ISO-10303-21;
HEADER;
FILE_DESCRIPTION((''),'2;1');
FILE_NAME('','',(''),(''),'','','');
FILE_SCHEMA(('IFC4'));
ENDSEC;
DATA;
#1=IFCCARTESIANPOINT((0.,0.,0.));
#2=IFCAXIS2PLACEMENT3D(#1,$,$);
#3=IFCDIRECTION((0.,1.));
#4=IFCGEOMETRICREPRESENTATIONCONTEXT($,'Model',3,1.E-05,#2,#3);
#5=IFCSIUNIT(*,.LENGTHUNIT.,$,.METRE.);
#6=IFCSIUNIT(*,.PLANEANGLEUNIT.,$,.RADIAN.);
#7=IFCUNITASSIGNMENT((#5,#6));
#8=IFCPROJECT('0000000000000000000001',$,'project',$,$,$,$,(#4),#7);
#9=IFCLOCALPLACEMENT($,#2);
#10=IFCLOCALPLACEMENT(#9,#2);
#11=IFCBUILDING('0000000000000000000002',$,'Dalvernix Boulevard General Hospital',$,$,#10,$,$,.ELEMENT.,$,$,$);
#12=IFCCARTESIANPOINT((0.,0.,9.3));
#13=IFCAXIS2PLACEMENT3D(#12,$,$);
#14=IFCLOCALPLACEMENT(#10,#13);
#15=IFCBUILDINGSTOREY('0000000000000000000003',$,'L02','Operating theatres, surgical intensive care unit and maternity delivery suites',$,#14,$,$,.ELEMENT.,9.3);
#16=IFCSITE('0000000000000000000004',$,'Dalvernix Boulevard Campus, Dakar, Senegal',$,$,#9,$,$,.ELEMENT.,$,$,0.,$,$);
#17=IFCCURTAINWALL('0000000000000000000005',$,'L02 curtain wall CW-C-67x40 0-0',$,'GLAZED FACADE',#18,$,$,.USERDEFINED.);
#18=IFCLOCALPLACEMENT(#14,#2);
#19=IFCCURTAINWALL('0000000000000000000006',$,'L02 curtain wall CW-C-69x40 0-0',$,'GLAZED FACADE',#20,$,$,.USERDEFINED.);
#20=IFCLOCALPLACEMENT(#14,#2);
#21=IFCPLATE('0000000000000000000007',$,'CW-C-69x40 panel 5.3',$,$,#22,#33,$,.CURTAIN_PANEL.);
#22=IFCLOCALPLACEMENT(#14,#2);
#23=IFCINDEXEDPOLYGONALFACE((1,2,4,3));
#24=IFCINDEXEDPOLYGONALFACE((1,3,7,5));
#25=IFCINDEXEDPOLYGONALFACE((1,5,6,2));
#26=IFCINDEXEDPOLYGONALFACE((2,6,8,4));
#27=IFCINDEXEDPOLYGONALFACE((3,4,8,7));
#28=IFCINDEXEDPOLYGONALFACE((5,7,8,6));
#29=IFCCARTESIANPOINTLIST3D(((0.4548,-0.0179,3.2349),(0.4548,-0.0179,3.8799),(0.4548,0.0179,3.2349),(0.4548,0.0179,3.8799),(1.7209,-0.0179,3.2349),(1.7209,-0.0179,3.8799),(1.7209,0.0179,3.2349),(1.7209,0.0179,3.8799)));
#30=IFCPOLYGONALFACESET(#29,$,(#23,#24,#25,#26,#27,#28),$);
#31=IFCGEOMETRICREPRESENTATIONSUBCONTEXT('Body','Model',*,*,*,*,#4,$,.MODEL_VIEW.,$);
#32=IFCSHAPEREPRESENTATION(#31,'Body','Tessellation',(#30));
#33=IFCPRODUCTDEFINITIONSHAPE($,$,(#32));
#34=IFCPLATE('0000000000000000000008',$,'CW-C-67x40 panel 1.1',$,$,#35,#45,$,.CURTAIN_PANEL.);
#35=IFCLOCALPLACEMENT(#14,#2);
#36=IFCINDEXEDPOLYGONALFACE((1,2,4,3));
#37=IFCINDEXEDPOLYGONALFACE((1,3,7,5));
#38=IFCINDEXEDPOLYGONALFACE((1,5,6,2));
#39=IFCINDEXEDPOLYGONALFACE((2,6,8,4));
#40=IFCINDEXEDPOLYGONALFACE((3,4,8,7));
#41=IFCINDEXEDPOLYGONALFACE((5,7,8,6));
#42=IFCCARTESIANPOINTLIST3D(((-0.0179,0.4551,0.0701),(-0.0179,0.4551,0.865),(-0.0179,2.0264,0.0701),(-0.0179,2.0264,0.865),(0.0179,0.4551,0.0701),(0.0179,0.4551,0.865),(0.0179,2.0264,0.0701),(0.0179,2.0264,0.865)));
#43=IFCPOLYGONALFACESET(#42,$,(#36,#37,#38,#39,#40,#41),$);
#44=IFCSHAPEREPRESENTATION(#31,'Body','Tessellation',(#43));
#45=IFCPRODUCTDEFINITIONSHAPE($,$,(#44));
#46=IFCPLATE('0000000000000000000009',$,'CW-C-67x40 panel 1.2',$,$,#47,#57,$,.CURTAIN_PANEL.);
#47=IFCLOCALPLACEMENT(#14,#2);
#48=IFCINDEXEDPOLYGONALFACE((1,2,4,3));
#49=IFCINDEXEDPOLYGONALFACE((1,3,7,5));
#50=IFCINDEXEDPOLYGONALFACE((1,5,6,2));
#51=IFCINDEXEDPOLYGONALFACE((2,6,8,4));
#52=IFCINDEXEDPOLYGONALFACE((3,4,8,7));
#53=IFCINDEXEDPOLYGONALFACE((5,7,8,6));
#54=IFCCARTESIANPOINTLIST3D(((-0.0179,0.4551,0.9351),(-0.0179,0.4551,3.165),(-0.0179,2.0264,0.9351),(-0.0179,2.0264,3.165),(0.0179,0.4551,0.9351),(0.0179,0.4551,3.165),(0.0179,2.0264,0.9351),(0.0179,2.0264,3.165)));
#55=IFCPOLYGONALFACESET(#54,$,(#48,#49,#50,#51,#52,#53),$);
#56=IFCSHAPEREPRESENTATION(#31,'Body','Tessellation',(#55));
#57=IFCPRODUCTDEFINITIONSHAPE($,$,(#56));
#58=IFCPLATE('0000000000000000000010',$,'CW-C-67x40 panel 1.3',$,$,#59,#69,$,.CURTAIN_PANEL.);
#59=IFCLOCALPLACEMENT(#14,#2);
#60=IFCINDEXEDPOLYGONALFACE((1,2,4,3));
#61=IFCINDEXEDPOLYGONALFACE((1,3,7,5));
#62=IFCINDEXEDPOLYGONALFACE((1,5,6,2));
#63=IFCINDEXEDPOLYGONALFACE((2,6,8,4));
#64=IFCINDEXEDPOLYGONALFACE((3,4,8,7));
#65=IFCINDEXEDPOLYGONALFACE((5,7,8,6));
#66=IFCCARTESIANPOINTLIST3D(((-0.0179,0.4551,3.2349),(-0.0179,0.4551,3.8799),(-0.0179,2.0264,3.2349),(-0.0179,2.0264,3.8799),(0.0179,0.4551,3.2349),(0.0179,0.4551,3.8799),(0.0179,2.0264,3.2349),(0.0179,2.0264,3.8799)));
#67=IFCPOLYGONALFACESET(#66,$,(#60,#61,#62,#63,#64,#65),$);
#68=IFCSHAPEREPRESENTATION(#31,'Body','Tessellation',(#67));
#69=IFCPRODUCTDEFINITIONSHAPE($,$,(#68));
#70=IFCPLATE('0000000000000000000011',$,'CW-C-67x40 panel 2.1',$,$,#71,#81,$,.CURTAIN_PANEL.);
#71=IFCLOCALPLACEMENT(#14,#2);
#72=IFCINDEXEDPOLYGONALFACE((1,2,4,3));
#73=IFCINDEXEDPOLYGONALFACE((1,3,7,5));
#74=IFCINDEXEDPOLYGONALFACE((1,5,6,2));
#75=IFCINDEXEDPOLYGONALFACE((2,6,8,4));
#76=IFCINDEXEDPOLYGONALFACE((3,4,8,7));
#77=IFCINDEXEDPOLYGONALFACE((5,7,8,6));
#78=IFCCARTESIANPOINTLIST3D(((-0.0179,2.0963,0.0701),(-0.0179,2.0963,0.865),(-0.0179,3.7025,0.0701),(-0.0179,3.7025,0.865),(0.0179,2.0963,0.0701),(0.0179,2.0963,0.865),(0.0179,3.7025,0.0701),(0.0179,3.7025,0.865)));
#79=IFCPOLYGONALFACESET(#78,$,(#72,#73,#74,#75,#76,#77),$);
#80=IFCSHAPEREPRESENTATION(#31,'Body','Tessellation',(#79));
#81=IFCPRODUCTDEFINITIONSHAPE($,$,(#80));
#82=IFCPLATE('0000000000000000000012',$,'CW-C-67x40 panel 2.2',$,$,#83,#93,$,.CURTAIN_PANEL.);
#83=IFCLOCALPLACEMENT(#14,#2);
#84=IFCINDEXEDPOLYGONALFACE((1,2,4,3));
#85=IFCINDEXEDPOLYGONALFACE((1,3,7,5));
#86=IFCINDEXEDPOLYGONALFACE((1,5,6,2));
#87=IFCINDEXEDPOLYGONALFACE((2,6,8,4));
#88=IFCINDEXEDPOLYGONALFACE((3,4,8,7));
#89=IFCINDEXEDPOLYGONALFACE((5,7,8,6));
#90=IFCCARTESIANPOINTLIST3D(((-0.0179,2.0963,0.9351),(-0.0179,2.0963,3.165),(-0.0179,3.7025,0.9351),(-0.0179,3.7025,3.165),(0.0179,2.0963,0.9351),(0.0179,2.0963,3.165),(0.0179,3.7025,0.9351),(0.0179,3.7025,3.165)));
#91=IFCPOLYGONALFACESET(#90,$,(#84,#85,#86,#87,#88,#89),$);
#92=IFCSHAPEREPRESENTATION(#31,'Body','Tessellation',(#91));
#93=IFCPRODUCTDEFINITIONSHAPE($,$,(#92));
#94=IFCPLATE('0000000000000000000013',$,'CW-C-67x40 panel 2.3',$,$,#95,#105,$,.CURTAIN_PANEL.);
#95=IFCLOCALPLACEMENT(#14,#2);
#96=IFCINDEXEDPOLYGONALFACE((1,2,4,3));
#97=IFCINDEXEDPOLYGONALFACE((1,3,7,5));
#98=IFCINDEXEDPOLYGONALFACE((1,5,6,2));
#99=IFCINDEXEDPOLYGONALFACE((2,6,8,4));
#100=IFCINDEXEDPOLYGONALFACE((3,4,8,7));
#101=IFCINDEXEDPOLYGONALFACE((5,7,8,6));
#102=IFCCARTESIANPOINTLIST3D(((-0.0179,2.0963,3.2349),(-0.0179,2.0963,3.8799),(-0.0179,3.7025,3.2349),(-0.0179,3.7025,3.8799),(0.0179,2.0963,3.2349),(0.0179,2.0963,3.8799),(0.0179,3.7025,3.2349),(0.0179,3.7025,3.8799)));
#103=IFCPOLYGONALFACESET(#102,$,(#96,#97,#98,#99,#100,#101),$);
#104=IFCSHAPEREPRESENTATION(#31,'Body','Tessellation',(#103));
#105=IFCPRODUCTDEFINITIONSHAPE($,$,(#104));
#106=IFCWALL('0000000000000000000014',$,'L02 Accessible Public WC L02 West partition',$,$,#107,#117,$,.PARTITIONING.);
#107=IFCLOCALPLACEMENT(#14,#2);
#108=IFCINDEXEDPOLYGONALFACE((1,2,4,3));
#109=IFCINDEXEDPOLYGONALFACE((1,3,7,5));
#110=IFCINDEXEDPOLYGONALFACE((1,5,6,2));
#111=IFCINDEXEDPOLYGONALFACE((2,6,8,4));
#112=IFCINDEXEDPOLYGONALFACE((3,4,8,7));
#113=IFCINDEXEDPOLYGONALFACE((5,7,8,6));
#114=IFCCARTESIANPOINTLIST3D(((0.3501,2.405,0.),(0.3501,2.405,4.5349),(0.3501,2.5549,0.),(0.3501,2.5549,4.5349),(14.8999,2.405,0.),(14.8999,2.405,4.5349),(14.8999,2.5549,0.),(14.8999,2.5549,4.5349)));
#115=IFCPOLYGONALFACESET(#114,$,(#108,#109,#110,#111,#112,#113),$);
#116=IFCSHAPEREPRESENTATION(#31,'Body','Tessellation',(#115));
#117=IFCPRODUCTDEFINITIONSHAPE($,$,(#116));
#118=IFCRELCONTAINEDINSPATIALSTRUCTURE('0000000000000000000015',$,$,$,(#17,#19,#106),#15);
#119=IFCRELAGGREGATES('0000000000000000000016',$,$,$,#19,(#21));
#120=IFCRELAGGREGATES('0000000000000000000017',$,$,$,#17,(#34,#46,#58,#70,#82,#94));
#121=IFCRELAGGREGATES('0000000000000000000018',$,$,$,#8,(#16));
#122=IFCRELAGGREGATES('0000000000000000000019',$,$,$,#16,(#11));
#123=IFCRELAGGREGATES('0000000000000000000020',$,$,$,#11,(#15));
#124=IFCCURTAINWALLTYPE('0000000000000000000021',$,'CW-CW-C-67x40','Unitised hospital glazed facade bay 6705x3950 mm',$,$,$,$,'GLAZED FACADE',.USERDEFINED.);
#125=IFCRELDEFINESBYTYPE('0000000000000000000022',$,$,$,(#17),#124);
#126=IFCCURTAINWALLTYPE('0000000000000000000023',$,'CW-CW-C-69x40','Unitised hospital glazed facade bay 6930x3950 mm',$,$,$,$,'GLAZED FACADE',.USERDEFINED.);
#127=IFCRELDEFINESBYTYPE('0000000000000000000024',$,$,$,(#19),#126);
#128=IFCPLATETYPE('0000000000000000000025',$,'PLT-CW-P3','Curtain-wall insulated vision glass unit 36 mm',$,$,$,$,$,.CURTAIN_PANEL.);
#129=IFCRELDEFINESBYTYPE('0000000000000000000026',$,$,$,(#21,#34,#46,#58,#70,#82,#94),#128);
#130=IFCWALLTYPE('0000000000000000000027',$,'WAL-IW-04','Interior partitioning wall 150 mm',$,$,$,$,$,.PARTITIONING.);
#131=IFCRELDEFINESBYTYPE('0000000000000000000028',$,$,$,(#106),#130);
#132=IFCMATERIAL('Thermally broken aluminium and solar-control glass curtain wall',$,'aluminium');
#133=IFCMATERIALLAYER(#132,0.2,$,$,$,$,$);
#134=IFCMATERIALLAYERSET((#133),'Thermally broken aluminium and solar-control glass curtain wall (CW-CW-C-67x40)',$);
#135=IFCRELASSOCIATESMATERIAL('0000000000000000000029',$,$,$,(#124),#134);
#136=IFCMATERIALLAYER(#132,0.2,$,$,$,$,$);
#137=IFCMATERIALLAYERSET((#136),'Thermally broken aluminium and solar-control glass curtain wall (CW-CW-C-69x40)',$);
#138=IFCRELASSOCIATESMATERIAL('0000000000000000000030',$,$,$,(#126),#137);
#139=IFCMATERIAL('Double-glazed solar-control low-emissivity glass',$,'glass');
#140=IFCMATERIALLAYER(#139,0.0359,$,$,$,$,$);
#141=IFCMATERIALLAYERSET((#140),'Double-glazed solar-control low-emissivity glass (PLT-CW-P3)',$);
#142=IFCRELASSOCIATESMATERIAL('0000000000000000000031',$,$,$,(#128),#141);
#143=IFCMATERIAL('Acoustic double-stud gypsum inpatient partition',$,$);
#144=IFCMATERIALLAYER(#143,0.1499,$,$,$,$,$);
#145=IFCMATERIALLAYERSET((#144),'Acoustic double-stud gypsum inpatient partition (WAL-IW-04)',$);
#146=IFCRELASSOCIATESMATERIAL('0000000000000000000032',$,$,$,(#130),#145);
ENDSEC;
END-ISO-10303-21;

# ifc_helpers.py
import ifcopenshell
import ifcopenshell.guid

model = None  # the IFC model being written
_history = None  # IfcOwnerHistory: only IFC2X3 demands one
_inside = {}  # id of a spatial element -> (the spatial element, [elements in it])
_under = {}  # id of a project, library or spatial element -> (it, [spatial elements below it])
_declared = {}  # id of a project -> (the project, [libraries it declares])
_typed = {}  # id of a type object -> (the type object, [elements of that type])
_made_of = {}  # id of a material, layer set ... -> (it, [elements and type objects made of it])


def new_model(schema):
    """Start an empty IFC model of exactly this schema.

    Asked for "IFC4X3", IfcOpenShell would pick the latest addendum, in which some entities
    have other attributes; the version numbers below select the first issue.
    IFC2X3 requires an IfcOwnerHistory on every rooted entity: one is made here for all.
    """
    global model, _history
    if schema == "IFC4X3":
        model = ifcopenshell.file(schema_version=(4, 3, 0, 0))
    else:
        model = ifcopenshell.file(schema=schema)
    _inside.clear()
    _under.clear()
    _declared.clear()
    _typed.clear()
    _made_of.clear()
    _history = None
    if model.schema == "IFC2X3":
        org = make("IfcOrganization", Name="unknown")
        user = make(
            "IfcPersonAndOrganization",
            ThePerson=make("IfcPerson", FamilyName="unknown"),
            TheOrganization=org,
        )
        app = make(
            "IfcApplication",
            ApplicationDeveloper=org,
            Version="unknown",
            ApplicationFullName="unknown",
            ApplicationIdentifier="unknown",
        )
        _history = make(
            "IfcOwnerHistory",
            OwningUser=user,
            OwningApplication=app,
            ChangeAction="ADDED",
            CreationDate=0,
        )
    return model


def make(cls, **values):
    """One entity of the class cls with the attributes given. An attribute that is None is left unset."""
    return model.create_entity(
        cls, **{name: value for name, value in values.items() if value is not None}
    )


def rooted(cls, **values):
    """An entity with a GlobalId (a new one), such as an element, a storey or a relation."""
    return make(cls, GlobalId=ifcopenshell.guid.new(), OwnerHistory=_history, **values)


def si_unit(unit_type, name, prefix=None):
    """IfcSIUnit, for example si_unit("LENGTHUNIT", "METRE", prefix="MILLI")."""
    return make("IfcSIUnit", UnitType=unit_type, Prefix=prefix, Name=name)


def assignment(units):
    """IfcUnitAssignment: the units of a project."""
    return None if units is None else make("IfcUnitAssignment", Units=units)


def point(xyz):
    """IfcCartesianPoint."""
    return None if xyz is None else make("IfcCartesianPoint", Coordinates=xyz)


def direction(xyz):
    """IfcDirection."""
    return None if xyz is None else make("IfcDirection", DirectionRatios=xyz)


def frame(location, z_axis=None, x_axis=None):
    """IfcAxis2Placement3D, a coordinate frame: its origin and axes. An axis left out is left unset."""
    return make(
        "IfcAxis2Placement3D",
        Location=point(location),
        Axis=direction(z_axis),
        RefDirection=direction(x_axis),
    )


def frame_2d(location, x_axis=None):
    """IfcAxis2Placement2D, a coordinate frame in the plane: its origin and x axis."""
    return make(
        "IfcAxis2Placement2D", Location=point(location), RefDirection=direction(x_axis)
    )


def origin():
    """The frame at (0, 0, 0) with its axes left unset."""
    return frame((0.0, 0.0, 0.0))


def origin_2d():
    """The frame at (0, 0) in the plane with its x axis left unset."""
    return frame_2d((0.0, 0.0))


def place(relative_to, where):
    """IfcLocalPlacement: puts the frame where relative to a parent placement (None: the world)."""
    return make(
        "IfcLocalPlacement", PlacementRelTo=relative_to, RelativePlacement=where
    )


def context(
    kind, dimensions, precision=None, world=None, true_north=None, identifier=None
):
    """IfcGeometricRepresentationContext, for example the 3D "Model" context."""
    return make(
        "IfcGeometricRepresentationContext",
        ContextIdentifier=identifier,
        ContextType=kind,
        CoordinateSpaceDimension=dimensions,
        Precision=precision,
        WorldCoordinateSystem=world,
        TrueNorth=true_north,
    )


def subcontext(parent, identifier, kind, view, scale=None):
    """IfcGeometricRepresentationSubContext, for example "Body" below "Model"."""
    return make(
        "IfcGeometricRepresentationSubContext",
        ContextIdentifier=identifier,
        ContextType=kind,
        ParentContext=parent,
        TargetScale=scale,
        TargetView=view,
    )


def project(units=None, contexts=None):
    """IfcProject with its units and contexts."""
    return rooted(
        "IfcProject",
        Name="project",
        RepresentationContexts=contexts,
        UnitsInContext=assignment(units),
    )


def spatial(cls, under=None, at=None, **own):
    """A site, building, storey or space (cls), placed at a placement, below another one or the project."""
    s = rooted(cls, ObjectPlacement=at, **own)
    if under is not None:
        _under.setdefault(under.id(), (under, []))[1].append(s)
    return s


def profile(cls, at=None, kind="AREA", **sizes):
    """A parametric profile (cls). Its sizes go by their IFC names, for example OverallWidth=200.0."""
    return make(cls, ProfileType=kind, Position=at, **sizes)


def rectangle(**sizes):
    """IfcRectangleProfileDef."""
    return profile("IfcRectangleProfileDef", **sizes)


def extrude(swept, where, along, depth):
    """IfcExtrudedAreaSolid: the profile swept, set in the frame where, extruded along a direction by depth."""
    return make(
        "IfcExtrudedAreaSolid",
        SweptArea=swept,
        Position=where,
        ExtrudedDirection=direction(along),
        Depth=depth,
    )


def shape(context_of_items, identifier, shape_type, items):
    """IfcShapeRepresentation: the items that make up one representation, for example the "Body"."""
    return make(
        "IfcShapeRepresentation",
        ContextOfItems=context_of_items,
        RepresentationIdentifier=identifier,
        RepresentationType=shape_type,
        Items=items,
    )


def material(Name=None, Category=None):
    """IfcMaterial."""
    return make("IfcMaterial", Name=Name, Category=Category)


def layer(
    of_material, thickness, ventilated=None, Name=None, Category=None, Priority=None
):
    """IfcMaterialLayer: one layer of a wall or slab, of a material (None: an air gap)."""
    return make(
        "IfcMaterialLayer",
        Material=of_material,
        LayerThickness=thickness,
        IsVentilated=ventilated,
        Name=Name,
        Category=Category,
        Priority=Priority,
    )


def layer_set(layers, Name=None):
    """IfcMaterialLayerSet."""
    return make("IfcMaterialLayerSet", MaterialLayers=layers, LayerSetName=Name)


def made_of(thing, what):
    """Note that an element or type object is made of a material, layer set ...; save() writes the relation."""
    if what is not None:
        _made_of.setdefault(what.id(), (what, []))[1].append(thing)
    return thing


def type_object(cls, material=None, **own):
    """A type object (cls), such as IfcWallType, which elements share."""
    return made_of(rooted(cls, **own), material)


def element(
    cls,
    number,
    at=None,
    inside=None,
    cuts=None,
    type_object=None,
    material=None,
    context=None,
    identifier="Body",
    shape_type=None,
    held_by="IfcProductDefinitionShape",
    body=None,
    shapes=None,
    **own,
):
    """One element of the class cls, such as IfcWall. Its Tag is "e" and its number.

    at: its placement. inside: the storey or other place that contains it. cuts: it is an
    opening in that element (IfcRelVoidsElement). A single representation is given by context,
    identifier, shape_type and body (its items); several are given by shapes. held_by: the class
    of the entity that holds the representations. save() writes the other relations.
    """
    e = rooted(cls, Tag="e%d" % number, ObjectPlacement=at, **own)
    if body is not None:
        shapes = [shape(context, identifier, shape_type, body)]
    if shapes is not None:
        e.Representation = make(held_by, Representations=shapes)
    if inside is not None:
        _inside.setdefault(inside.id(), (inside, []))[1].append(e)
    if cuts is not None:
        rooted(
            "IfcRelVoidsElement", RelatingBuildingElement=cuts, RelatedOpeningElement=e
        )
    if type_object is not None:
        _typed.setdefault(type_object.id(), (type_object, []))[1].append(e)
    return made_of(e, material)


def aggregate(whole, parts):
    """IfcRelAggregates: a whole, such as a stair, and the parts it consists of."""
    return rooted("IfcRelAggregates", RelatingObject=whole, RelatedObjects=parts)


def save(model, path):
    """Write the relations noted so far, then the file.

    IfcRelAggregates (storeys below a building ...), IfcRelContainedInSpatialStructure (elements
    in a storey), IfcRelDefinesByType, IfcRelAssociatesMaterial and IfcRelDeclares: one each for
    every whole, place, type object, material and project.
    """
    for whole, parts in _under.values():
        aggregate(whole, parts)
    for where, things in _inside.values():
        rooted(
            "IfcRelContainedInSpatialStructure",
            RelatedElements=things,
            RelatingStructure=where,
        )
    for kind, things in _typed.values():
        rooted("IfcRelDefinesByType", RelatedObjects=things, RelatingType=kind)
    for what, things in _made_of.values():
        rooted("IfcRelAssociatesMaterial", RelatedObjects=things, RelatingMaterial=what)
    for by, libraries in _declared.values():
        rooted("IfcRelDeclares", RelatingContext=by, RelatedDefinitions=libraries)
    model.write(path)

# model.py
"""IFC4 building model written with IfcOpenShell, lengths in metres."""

from ifc_helpers import new_model, si_unit, direction, frame, frame_2d, origin, origin_2d, place, context, subcontext, project, spatial, rectangle, extrude, material, layer, layer_set, type_object, element, aggregate, save


model = new_model("IFC4")

# Units and contexts
model_context = context("Model", 3, precision=1e-05, world=origin(), true_north=direction((0.0, 1.0)))
body_context = subcontext(model_context, "Body", "Model", "MODEL_VIEW")
ifc_project = project(units=[si_unit("LENGTHUNIT", "METRE"), si_unit("PLANEANGLEUNIT", "RADIAN")], contexts=[model_context])

# Site, building, storey
site_placement = place(None, origin())
site = spatial("IfcSite", under=ifc_project, at=site_placement, Name="Dalvernix Boulevard Campus, Dakar, Senegal", CompositionType="ELEMENT", RefElevation=0.0)
building_placement = place(site_placement, origin())
building = spatial("IfcBuilding", under=site, at=building_placement, Name="Dalvernix Boulevard General Hospital", CompositionType="ELEMENT")
storey_placement = place(building_placement, frame((0.0, 0.0, 9.3)))
storey = spatial("IfcBuildingStorey", under=building, at=storey_placement, Name="L02", Description="Operating theatres, surgical intensive care unit and maternity delivery suites", CompositionType="ELEMENT", Elevation=9.3)

# Curtain wall
ifc_material_1 = material(Name="Thermally broken aluminium and solar-control glass curtain wall", Category="aluminium")
ifc_layer_1 = layer(ifc_material_1, 0.2)
ifc_layer_set_1 = layer_set([ifc_layer_1], Name="Thermally broken aluminium and solar-control glass curtain wall (CW-CW-C-67x40)")
curtain_wall_type_1 = type_object("IfcCurtainWallType", Name="CW-CW-C-67x40", Description="Unitised hospital glazed facade bay 6705x3950 mm", ElementType="GLAZED FACADE", PredefinedType="USERDEFINED", material=ifc_layer_set_1)
curtain_wall_1_placement = place(storey_placement, origin())
curtain_wall_1 = element("IfcCurtainWall", 1, at=curtain_wall_1_placement, inside=storey, type_object=curtain_wall_type_1, Name="L02 curtain wall CW-C-67x40 0-0", ObjectType="GLAZED FACADE", PredefinedType="USERDEFINED")

# Curtain wall
ifc_layer_2 = layer(ifc_material_1, 0.2)
ifc_layer_set_2 = layer_set([ifc_layer_2], Name="Thermally broken aluminium and solar-control glass curtain wall (CW-CW-C-69x40)")
curtain_wall_type_2 = type_object("IfcCurtainWallType", Name="CW-CW-C-69x40", Description="Unitised hospital glazed facade bay 6930x3950 mm", ElementType="GLAZED FACADE", PredefinedType="USERDEFINED", material=ifc_layer_set_2)
curtain_wall_2_placement = place(storey_placement, origin())
curtain_wall_2 = element("IfcCurtainWall", 2, at=curtain_wall_2_placement, inside=storey, type_object=curtain_wall_type_2, Name="L02 curtain wall CW-C-69x40 0-0", ObjectType="GLAZED FACADE", PredefinedType="USERDEFINED")

# Plates
ifc_material_2 = material(Name="Double-glazed solar-control low-emissivity glass", Category="glass")
ifc_layer_3 = layer(ifc_material_2, 0.0359)
ifc_layer_set_3 = layer_set([ifc_layer_3], Name="Double-glazed solar-control low-emissivity glass (PLT-CW-P3)")
plate_type = type_object("IfcPlateType", Name="PLT-CW-P3", Description="Curtain-wall insulated vision glass unit 36 mm", PredefinedType="CURTAIN_PANEL", material=ifc_layer_set_3)
plate_1_placement = place(storey_placement, frame((1.0879, 0.0, 3.2349), z_axis=(0.0, 0.0, 1.0), x_axis=(-1.0, 0.0, 0.0)))
plate_1 = element("IfcPlate", 3, at=plate_1_placement, type_object=plate_type, Name="CW-C-69x40 panel 5.3", PredefinedType="CURTAIN_PANEL", context=body_context, shape_type="SweptSolid", body=[
    extrude(rectangle(XDim=1.2661, YDim=0.0359, at=origin_2d()), origin(), (0.0, 0.0, 1.0), 0.645),
])
aggregate(curtain_wall_2, [plate_1])
plate_2_placement = place(storey_placement, frame((0.0, 1.2407, 0.0701), z_axis=(0.0, 0.0, 1.0), x_axis=(0.0, 1.0, 0.0)))
plate_2 = element("IfcPlate", 4, at=plate_2_placement, type_object=plate_type, Name="CW-C-67x40 panel 1.1", PredefinedType="CURTAIN_PANEL", context=body_context, shape_type="SweptSolid", body=[
    extrude(rectangle(XDim=1.5713, YDim=0.0359, at=origin_2d()), origin(), (0.0, 0.0, 1.0), 0.7949),
])
plate_3_placement = place(storey_placement, frame((0.0, 1.2407, 0.9351), z_axis=(0.0, 0.0, 1.0), x_axis=(0.0, 1.0, 0.0)))
plate_3 = element("IfcPlate", 5, at=plate_3_placement, type_object=plate_type, Name="CW-C-67x40 panel 1.2", PredefinedType="CURTAIN_PANEL", context=body_context, shape_type="SweptSolid", body=[
    extrude(rectangle(XDim=1.5713, YDim=0.0359, at=origin_2d()), origin(), (0.0, 0.0, 1.0), 2.23),
])
plate_4_placement = place(storey_placement, frame((0.0, 1.2407, 3.2349), z_axis=(0.0, 0.0, 1.0), x_axis=(0.0, 1.0, 0.0)))
plate_4 = element("IfcPlate", 6, at=plate_4_placement, type_object=plate_type, Name="CW-C-67x40 panel 1.3", PredefinedType="CURTAIN_PANEL", context=body_context, shape_type="SweptSolid", body=[
    extrude(rectangle(XDim=1.5713, YDim=0.0359, at=origin_2d()), origin(), (0.0, 0.0, 1.0), 0.645),
])
plate_5_placement = place(storey_placement, frame((0.0, 2.8994, 0.0701), z_axis=(0.0, 0.0, 1.0), x_axis=(0.0, 1.0, 0.0)))
plate_5 = element("IfcPlate", 7, at=plate_5_placement, type_object=plate_type, Name="CW-C-67x40 panel 2.1", PredefinedType="CURTAIN_PANEL", context=body_context, shape_type="SweptSolid", body=[
    extrude(rectangle(XDim=1.6062, YDim=0.0359, at=origin_2d()), origin(), (0.0, 0.0, 1.0), 0.7949),
])
plate_6_placement = place(storey_placement, frame((0.0, 2.8994, 0.9351), z_axis=(0.0, 0.0, 1.0), x_axis=(0.0, 1.0, 0.0)))
plate_6 = element("IfcPlate", 8, at=plate_6_placement, type_object=plate_type, Name="CW-C-67x40 panel 2.2", PredefinedType="CURTAIN_PANEL", context=body_context, shape_type="SweptSolid", body=[
    extrude(rectangle(XDim=1.6062, YDim=0.0359, at=origin_2d()), origin(), (0.0, 0.0, 1.0), 2.23),
])
plate_7_placement = place(storey_placement, frame((0.0, 2.8994, 3.2349), z_axis=(0.0, 0.0, 1.0), x_axis=(0.0, 1.0, 0.0)))
plate_7 = element("IfcPlate", 9, at=plate_7_placement, type_object=plate_type, Name="CW-C-67x40 panel 2.3", PredefinedType="CURTAIN_PANEL", context=body_context, shape_type="SweptSolid", body=[
    extrude(rectangle(XDim=1.6062, YDim=0.0359, at=origin_2d()), origin(), (0.0, 0.0, 1.0), 0.645),
])
aggregate(curtain_wall_1, [plate_2, plate_3, plate_4, plate_5, plate_6, plate_7])

# Wall
ifc_material_3 = material(Name="Acoustic double-stud gypsum inpatient partition")
ifc_layer_4 = layer(ifc_material_3, 0.1499)
ifc_layer_set_4 = layer_set([ifc_layer_4], Name="Acoustic double-stud gypsum inpatient partition (WAL-IW-04)")
wall_type = type_object("IfcWallType", Name="WAL-IW-04", Description="Interior partitioning wall 150 mm", PredefinedType="PARTITIONING", material=ifc_layer_set_4)
wall_placement = place(storey_placement, frame((0.3501, 2.48, 0.0), z_axis=(0.0, 0.0, 1.0), x_axis=(1.0, 0.0, 0.0)))
element("IfcWall", 10, at=wall_placement, inside=storey, type_object=wall_type, Name="L02 Accessible Public WC L02 West partition", PredefinedType="PARTITIONING", context=body_context, shape_type="SweptSolid", body=[
    extrude(rectangle(XDim=14.5498, YDim=0.1499, at=frame_2d((7.2749, 0.0))), origin(), (0.0, 0.0, 1.0), 4.5349),
])

save(model, "model.ifc")
